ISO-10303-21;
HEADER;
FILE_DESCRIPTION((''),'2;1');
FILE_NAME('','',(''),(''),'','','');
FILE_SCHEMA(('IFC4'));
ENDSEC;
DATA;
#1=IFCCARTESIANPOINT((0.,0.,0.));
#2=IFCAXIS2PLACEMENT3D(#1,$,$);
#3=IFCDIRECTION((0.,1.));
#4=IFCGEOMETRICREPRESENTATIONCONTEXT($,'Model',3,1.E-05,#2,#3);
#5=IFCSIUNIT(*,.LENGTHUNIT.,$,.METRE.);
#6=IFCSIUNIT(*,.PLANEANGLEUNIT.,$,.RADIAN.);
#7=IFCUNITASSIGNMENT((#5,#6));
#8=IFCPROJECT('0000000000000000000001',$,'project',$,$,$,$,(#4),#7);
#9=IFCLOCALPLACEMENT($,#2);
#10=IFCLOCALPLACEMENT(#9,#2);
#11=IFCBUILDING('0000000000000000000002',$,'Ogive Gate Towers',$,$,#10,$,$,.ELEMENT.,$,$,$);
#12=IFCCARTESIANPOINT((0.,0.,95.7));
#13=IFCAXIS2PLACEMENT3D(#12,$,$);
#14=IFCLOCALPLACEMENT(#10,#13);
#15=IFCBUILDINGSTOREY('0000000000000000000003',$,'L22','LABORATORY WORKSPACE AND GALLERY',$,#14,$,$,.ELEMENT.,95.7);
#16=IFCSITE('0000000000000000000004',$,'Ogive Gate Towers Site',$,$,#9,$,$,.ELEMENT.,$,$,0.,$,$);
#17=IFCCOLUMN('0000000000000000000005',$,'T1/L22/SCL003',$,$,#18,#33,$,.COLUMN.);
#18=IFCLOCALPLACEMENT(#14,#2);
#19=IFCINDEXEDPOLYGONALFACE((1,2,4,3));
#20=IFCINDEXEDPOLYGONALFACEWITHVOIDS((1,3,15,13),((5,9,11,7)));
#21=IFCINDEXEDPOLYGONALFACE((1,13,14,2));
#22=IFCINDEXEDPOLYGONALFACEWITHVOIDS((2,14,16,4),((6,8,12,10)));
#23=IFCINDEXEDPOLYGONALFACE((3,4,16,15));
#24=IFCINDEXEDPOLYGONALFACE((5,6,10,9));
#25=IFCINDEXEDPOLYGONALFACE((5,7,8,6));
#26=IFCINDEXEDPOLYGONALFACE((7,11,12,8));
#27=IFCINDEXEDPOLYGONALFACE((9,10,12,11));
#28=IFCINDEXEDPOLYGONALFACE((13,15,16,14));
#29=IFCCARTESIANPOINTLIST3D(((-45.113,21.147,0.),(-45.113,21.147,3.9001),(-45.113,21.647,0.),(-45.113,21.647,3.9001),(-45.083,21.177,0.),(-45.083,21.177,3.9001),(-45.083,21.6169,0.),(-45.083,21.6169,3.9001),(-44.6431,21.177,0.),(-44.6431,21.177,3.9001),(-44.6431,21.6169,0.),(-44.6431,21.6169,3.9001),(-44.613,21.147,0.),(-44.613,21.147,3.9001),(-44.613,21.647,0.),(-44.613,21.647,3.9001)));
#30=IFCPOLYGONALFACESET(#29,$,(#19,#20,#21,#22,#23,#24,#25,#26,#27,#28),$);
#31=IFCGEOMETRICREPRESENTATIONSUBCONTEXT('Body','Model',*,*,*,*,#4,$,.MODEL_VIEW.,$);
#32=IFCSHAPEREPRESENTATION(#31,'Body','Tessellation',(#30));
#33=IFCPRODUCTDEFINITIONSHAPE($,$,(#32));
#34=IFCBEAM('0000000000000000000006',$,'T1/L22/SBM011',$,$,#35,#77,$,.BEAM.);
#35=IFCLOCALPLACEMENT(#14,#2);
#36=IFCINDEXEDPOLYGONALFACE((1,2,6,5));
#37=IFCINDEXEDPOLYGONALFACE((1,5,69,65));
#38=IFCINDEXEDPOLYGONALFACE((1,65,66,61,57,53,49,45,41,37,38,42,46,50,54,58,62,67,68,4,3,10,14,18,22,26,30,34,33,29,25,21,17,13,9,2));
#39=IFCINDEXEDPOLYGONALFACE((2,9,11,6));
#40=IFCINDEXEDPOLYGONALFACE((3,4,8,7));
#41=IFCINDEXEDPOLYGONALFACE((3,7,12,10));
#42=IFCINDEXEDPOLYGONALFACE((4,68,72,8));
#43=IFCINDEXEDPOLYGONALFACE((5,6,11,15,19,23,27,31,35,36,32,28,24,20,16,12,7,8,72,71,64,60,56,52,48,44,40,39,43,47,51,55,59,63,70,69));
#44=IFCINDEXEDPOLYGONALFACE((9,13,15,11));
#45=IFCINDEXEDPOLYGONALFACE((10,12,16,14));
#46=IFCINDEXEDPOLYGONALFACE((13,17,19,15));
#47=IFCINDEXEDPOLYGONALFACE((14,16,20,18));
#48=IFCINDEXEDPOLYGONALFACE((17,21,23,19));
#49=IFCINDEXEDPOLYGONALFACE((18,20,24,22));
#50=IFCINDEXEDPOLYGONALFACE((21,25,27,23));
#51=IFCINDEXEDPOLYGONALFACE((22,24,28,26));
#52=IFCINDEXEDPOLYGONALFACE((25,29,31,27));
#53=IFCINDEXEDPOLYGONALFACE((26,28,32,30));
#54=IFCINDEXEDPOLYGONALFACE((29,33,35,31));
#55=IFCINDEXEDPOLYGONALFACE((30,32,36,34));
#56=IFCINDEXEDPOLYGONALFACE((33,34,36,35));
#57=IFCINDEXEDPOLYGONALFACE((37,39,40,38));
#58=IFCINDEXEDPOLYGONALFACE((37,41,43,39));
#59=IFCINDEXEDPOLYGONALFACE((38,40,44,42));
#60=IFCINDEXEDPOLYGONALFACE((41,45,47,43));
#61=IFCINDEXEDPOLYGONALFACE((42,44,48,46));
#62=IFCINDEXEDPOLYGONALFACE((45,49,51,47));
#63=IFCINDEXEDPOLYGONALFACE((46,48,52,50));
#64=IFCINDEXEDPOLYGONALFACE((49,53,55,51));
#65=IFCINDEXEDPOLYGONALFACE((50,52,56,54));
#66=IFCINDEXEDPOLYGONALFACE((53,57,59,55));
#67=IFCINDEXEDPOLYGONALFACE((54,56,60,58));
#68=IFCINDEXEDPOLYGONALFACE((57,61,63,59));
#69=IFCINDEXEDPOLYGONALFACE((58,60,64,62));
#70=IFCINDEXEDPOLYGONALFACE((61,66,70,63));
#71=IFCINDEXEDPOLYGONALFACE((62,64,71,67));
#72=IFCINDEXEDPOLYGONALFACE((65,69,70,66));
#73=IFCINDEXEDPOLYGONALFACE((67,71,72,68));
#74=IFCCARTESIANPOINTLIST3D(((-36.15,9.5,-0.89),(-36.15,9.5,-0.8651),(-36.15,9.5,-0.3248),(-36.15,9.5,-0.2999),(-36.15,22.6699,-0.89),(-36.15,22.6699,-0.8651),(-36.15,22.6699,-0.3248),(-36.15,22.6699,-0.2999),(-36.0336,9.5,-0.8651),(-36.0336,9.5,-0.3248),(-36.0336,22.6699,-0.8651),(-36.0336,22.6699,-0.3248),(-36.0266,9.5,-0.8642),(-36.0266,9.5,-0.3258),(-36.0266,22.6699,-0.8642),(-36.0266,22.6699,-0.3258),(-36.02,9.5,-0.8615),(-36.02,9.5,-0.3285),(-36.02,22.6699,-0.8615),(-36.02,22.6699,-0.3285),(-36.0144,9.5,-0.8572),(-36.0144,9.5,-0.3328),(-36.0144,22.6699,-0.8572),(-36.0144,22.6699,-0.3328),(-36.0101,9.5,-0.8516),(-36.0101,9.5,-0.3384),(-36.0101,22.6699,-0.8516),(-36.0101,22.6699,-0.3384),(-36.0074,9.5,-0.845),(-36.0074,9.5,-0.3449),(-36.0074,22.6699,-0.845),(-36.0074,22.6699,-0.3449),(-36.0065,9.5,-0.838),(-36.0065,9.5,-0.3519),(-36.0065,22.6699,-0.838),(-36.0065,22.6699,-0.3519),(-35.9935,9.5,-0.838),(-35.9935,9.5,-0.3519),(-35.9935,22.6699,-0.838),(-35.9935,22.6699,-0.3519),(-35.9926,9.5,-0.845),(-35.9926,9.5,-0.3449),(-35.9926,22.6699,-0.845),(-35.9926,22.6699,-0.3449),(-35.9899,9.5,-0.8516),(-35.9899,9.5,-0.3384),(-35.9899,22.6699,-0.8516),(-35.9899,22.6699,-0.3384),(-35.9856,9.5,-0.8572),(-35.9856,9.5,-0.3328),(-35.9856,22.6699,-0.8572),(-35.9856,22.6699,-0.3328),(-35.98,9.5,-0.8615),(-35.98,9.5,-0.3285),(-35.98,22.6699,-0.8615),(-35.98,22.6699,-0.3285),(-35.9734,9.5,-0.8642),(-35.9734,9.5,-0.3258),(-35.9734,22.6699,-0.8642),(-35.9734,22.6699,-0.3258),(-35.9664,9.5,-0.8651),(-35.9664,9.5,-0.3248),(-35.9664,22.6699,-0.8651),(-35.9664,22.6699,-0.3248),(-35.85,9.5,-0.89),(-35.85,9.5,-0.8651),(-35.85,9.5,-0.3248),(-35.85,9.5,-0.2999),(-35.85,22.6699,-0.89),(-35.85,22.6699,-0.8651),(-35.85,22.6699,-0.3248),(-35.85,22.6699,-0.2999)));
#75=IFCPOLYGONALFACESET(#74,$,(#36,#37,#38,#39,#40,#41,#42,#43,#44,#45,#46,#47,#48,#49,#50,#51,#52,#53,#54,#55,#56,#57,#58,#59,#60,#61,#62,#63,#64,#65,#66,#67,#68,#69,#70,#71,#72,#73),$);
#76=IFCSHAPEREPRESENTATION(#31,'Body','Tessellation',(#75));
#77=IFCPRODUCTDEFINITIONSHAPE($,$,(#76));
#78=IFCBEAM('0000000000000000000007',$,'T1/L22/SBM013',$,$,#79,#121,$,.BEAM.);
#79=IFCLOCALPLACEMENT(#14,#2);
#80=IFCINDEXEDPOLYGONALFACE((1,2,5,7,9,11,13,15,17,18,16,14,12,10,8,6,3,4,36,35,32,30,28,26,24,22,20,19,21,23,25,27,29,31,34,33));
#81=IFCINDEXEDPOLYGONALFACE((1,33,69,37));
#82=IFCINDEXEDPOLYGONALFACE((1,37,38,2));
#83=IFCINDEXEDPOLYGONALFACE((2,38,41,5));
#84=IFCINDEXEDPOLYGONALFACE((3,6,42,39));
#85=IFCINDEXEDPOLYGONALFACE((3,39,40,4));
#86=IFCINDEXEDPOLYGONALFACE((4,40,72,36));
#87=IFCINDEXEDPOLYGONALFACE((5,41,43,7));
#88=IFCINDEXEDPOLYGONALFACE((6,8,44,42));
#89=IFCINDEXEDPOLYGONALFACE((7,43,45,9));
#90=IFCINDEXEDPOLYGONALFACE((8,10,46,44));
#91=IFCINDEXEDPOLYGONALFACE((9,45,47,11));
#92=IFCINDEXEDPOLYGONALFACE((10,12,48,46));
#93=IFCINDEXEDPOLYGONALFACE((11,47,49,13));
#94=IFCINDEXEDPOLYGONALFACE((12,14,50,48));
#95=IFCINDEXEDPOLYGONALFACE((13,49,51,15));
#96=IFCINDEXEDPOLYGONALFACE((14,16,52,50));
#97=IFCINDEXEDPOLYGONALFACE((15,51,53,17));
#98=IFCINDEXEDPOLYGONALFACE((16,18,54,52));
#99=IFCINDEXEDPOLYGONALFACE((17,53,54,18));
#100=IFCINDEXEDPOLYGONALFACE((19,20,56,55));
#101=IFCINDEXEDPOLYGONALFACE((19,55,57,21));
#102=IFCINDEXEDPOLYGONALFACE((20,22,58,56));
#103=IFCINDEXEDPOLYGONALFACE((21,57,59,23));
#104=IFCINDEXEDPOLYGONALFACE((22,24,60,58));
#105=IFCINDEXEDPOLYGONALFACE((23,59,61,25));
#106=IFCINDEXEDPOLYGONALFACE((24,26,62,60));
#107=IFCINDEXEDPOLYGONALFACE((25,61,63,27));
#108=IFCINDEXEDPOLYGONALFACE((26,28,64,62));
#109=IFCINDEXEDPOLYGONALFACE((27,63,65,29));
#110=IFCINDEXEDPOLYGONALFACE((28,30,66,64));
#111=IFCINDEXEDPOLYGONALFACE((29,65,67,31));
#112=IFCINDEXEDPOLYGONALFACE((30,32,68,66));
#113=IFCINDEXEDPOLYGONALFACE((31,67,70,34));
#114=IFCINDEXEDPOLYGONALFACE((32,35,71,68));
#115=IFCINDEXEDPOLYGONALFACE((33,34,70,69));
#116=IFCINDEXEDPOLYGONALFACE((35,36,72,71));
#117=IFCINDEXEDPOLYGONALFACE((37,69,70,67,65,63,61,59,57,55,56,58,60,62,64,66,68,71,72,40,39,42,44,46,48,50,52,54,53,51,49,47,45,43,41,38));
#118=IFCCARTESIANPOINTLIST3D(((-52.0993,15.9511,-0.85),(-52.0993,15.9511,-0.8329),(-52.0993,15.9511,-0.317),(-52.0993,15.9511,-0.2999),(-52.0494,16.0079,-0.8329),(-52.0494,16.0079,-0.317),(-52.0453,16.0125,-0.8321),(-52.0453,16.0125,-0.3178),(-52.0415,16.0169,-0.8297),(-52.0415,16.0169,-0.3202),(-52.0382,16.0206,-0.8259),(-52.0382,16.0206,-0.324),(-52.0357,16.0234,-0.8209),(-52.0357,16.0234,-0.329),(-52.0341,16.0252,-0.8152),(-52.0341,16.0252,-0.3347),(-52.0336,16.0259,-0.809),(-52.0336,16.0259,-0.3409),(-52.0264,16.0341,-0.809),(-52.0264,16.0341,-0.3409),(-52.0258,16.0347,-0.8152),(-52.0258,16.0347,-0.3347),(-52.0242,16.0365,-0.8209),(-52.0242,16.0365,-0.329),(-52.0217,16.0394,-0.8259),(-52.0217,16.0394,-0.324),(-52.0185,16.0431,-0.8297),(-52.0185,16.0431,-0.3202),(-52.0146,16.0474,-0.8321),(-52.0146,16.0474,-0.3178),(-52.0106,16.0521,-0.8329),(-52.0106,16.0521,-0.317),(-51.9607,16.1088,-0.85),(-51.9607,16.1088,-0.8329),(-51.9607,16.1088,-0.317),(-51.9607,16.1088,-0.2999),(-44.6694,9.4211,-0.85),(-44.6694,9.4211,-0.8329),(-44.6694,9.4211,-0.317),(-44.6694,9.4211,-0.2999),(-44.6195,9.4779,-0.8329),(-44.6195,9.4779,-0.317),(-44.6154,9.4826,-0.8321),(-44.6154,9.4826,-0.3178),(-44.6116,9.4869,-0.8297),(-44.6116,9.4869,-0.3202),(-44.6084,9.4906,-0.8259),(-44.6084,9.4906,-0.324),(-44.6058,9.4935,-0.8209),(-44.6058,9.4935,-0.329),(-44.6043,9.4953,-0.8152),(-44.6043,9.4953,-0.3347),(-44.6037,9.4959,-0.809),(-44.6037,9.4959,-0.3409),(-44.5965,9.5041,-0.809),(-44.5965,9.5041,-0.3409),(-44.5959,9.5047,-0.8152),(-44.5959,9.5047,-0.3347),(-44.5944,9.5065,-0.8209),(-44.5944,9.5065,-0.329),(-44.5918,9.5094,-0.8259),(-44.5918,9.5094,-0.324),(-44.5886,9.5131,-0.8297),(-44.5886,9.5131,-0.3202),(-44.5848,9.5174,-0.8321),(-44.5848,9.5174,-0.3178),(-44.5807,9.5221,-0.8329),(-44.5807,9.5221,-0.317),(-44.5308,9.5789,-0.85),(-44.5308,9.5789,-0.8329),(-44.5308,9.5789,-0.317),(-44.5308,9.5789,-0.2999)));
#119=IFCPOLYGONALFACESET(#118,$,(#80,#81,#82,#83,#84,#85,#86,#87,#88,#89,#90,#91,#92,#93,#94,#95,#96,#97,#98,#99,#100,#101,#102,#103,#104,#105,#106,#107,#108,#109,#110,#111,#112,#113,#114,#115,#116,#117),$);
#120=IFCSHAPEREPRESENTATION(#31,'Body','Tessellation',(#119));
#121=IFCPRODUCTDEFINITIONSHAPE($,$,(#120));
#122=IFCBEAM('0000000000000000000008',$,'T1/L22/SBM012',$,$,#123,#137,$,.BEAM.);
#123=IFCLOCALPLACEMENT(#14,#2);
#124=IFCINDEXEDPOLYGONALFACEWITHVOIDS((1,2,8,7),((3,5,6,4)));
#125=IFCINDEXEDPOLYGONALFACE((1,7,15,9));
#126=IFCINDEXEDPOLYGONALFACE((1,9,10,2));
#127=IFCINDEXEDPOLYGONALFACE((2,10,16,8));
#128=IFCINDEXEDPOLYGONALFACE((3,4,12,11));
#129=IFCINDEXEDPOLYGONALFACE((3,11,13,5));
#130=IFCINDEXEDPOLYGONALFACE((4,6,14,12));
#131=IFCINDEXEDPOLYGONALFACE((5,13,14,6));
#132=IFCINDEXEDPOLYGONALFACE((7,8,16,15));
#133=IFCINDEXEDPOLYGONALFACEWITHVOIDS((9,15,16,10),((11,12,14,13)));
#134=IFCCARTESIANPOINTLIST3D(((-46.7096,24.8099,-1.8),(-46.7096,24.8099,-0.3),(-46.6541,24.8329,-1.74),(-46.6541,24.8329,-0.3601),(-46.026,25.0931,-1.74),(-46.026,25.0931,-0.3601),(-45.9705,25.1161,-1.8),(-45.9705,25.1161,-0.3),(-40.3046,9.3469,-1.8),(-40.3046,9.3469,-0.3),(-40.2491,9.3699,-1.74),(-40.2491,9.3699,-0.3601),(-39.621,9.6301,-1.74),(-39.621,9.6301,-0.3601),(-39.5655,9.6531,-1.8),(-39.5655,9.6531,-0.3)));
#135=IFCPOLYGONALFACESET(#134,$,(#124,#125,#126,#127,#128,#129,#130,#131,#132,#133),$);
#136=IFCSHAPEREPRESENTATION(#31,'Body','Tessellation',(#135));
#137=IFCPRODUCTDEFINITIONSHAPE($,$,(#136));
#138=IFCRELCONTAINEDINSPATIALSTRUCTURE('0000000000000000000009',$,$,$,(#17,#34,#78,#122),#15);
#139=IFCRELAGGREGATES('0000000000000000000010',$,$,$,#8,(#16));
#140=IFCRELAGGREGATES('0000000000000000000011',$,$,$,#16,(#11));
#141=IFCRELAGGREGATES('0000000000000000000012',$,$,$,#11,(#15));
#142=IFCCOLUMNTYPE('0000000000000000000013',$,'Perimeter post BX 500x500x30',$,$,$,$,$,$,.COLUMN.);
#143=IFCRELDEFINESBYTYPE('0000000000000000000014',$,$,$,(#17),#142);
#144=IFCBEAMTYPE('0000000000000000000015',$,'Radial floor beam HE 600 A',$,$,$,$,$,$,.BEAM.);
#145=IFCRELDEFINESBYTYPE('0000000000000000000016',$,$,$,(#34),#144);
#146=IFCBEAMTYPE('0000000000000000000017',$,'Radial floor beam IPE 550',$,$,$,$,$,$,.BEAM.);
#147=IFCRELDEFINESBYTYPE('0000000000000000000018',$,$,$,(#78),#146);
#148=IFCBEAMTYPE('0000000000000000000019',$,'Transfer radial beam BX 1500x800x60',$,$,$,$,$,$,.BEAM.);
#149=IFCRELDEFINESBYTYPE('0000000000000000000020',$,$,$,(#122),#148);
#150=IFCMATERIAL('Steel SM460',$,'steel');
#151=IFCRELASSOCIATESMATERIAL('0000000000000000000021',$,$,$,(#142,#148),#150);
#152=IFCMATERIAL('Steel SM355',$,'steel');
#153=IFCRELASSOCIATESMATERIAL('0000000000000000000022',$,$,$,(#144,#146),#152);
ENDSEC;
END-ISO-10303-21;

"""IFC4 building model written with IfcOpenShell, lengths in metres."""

from ifc_helpers import new_model, si_unit, direction, frame, origin, origin_2d, place, context, subcontext, project, spatial, hollow_rectangle, i_section, extrude, material, material_profile, profile_set, type_object, element, save


model = new_model("IFC4")

# Units and contexts
model_context = context("Model", 3, precision=1e-05, world=origin(), true_north=direction((0.0, 1.0)))
body_context = subcontext(model_context, "Body", "Model", "MODEL_VIEW")
ifc_project = project(units=[si_unit("LENGTHUNIT", "METRE"), si_unit("PLANEANGLEUNIT", "RADIAN")], contexts=[model_context])

# Site, building, storey
site_placement = place(None, origin())
site = spatial("IfcSite", under=ifc_project, at=site_placement, Name="Ogive Gate Towers Site", CompositionType="ELEMENT", RefElevation=0.0)
building_placement = place(site_placement, origin())
building = spatial("IfcBuilding", under=site, at=building_placement, Name="Ogive Gate Towers", CompositionType="ELEMENT")
storey_placement = place(building_placement, frame((0.0, 0.0, 95.7)))
storey = spatial("IfcBuildingStorey", under=building, at=storey_placement, Name="L22", Description="LABORATORY WORKSPACE AND GALLERY", CompositionType="ELEMENT", Elevation=95.7)

# Column
ifc_material_1 = material(Name="Steel SM460", Category="steel")
ifc_material_profile_1 = material_profile(ifc_material_1, hollow_rectangle(XDim=0.5, YDim=0.5, WallThickness=0.03, at=origin_2d()), Name="BX 500x500x30")
ifc_profile_set_1 = profile_set([ifc_material_profile_1], Name="Steel SM460")
column_type = type_object("IfcColumnType", Name="Perimeter post BX 500x500x30", PredefinedType="COLUMN", material=ifc_profile_set_1)
column_placement = place(storey_placement, frame((-44.863, 21.397, 0.0), z_axis=(0.0, 0.0, 1.0), x_axis=(1.0, 0.0, 0.0)))
element("IfcColumn", 1, at=column_placement, inside=storey, type_object=column_type, Name="T1/L22/SCL003", PredefinedType="COLUMN", context=body_context, shape_type="SweptSolid", body=[
    extrude(hollow_rectangle(XDim=0.5, YDim=0.5, WallThickness=0.03, at=origin_2d()), origin(), (0.0, 0.0, 1.0), 3.9001),
])

# Beams
ifc_material_2 = material(Name="Steel SM355", Category="steel")
ifc_material_profile_2 = material_profile(ifc_material_2, i_section(OverallWidth=0.3, OverallDepth=0.5901, WebThickness=0.0129, FlangeThickness=0.0249, FilletRadius=0.0271, at=origin_2d()), Name="HE 600 A")
ifc_profile_set_2 = profile_set([ifc_material_profile_2], Name="Steel SM355")
beam_type_1 = type_object("IfcBeamType", Name="Radial floor beam HE 600 A", PredefinedType="BEAM", material=ifc_profile_set_2)
beam_1_placement = place(storey_placement, frame((-36.0, 9.5, -0.595), z_axis=(0.0, 1.0, 0.0), x_axis=(-1.0, 0.0, 0.0)))
element("IfcBeam", 2, at=beam_1_placement, inside=storey, type_object=beam_type_1, Name="T1/L22/SBM011", PredefinedType="BEAM", context=body_context, shape_type="SweptSolid", body=[
    extrude(i_section(OverallWidth=0.3, OverallDepth=0.5901, WebThickness=0.0129, FlangeThickness=0.0249, FilletRadius=0.0271, at=origin_2d()), origin(), (0.0, 0.0, 1.0), 13.1699),
])
ifc_material_profile_3 = material_profile(ifc_material_2, i_section(OverallWidth=0.21, OverallDepth=0.55, WebThickness=0.011, FlangeThickness=0.0171, FilletRadius=0.0239, at=origin_2d()), Name="IPE 550")
ifc_profile_set_3 = profile_set([ifc_material_profile_3], Name="Steel SM355")
beam_type_2 = type_object("IfcBeamType", Name="Radial floor beam IPE 550", PredefinedType="BEAM", material=ifc_profile_set_3)
beam_2_placement = place(storey_placement, frame((-44.6001, 9.5, -0.575), z_axis=(-0.75113, 0.660154, 0.0), x_axis=(-0.660154, -0.75113, 0.0)))
element("IfcBeam", 3, at=beam_2_placement, inside=storey, type_object=beam_type_2, Name="T1/L22/SBM013", PredefinedType="BEAM", context=body_context, shape_type="SweptSolid", body=[
    extrude(i_section(OverallWidth=0.21, OverallDepth=0.55, WebThickness=0.011, FlangeThickness=0.0171, FilletRadius=0.0239, at=origin_2d()), origin(), (0.0, 0.0, 1.0), 9.8916),
])
ifc_material_profile_4 = material_profile(ifc_material_1, hollow_rectangle(XDim=0.8, YDim=1.5, WallThickness=0.0601, at=origin_2d()), Name="BX 1500x800x60")
ifc_profile_set_4 = profile_set([ifc_material_profile_4], Name="Steel SM460")
beam_type_3 = type_object("IfcBeamType", Name="Transfer radial beam BX 1500x800x60", PredefinedType="BEAM", material=ifc_profile_set_4)
beam_3_placement = place(storey_placement, frame((-39.9351, 9.5, -1.05), z_axis=(-0.382683, 0.92388, 0.0), x_axis=(-0.92388, -0.382683, 0.0)))
element("IfcBeam", 4, at=beam_3_placement, inside=storey, type_object=beam_type_3, Name="T1/L22/SBM012", PredefinedType="BEAM", context=body_context, shape_type="SweptSolid", body=[
    extrude(hollow_rectangle(XDim=0.8, YDim=1.5, WallThickness=0.0601, at=origin_2d()), origin(), (0.0, 0.0, 1.0), 16.7371),
])

save(model, "model.ifc")
